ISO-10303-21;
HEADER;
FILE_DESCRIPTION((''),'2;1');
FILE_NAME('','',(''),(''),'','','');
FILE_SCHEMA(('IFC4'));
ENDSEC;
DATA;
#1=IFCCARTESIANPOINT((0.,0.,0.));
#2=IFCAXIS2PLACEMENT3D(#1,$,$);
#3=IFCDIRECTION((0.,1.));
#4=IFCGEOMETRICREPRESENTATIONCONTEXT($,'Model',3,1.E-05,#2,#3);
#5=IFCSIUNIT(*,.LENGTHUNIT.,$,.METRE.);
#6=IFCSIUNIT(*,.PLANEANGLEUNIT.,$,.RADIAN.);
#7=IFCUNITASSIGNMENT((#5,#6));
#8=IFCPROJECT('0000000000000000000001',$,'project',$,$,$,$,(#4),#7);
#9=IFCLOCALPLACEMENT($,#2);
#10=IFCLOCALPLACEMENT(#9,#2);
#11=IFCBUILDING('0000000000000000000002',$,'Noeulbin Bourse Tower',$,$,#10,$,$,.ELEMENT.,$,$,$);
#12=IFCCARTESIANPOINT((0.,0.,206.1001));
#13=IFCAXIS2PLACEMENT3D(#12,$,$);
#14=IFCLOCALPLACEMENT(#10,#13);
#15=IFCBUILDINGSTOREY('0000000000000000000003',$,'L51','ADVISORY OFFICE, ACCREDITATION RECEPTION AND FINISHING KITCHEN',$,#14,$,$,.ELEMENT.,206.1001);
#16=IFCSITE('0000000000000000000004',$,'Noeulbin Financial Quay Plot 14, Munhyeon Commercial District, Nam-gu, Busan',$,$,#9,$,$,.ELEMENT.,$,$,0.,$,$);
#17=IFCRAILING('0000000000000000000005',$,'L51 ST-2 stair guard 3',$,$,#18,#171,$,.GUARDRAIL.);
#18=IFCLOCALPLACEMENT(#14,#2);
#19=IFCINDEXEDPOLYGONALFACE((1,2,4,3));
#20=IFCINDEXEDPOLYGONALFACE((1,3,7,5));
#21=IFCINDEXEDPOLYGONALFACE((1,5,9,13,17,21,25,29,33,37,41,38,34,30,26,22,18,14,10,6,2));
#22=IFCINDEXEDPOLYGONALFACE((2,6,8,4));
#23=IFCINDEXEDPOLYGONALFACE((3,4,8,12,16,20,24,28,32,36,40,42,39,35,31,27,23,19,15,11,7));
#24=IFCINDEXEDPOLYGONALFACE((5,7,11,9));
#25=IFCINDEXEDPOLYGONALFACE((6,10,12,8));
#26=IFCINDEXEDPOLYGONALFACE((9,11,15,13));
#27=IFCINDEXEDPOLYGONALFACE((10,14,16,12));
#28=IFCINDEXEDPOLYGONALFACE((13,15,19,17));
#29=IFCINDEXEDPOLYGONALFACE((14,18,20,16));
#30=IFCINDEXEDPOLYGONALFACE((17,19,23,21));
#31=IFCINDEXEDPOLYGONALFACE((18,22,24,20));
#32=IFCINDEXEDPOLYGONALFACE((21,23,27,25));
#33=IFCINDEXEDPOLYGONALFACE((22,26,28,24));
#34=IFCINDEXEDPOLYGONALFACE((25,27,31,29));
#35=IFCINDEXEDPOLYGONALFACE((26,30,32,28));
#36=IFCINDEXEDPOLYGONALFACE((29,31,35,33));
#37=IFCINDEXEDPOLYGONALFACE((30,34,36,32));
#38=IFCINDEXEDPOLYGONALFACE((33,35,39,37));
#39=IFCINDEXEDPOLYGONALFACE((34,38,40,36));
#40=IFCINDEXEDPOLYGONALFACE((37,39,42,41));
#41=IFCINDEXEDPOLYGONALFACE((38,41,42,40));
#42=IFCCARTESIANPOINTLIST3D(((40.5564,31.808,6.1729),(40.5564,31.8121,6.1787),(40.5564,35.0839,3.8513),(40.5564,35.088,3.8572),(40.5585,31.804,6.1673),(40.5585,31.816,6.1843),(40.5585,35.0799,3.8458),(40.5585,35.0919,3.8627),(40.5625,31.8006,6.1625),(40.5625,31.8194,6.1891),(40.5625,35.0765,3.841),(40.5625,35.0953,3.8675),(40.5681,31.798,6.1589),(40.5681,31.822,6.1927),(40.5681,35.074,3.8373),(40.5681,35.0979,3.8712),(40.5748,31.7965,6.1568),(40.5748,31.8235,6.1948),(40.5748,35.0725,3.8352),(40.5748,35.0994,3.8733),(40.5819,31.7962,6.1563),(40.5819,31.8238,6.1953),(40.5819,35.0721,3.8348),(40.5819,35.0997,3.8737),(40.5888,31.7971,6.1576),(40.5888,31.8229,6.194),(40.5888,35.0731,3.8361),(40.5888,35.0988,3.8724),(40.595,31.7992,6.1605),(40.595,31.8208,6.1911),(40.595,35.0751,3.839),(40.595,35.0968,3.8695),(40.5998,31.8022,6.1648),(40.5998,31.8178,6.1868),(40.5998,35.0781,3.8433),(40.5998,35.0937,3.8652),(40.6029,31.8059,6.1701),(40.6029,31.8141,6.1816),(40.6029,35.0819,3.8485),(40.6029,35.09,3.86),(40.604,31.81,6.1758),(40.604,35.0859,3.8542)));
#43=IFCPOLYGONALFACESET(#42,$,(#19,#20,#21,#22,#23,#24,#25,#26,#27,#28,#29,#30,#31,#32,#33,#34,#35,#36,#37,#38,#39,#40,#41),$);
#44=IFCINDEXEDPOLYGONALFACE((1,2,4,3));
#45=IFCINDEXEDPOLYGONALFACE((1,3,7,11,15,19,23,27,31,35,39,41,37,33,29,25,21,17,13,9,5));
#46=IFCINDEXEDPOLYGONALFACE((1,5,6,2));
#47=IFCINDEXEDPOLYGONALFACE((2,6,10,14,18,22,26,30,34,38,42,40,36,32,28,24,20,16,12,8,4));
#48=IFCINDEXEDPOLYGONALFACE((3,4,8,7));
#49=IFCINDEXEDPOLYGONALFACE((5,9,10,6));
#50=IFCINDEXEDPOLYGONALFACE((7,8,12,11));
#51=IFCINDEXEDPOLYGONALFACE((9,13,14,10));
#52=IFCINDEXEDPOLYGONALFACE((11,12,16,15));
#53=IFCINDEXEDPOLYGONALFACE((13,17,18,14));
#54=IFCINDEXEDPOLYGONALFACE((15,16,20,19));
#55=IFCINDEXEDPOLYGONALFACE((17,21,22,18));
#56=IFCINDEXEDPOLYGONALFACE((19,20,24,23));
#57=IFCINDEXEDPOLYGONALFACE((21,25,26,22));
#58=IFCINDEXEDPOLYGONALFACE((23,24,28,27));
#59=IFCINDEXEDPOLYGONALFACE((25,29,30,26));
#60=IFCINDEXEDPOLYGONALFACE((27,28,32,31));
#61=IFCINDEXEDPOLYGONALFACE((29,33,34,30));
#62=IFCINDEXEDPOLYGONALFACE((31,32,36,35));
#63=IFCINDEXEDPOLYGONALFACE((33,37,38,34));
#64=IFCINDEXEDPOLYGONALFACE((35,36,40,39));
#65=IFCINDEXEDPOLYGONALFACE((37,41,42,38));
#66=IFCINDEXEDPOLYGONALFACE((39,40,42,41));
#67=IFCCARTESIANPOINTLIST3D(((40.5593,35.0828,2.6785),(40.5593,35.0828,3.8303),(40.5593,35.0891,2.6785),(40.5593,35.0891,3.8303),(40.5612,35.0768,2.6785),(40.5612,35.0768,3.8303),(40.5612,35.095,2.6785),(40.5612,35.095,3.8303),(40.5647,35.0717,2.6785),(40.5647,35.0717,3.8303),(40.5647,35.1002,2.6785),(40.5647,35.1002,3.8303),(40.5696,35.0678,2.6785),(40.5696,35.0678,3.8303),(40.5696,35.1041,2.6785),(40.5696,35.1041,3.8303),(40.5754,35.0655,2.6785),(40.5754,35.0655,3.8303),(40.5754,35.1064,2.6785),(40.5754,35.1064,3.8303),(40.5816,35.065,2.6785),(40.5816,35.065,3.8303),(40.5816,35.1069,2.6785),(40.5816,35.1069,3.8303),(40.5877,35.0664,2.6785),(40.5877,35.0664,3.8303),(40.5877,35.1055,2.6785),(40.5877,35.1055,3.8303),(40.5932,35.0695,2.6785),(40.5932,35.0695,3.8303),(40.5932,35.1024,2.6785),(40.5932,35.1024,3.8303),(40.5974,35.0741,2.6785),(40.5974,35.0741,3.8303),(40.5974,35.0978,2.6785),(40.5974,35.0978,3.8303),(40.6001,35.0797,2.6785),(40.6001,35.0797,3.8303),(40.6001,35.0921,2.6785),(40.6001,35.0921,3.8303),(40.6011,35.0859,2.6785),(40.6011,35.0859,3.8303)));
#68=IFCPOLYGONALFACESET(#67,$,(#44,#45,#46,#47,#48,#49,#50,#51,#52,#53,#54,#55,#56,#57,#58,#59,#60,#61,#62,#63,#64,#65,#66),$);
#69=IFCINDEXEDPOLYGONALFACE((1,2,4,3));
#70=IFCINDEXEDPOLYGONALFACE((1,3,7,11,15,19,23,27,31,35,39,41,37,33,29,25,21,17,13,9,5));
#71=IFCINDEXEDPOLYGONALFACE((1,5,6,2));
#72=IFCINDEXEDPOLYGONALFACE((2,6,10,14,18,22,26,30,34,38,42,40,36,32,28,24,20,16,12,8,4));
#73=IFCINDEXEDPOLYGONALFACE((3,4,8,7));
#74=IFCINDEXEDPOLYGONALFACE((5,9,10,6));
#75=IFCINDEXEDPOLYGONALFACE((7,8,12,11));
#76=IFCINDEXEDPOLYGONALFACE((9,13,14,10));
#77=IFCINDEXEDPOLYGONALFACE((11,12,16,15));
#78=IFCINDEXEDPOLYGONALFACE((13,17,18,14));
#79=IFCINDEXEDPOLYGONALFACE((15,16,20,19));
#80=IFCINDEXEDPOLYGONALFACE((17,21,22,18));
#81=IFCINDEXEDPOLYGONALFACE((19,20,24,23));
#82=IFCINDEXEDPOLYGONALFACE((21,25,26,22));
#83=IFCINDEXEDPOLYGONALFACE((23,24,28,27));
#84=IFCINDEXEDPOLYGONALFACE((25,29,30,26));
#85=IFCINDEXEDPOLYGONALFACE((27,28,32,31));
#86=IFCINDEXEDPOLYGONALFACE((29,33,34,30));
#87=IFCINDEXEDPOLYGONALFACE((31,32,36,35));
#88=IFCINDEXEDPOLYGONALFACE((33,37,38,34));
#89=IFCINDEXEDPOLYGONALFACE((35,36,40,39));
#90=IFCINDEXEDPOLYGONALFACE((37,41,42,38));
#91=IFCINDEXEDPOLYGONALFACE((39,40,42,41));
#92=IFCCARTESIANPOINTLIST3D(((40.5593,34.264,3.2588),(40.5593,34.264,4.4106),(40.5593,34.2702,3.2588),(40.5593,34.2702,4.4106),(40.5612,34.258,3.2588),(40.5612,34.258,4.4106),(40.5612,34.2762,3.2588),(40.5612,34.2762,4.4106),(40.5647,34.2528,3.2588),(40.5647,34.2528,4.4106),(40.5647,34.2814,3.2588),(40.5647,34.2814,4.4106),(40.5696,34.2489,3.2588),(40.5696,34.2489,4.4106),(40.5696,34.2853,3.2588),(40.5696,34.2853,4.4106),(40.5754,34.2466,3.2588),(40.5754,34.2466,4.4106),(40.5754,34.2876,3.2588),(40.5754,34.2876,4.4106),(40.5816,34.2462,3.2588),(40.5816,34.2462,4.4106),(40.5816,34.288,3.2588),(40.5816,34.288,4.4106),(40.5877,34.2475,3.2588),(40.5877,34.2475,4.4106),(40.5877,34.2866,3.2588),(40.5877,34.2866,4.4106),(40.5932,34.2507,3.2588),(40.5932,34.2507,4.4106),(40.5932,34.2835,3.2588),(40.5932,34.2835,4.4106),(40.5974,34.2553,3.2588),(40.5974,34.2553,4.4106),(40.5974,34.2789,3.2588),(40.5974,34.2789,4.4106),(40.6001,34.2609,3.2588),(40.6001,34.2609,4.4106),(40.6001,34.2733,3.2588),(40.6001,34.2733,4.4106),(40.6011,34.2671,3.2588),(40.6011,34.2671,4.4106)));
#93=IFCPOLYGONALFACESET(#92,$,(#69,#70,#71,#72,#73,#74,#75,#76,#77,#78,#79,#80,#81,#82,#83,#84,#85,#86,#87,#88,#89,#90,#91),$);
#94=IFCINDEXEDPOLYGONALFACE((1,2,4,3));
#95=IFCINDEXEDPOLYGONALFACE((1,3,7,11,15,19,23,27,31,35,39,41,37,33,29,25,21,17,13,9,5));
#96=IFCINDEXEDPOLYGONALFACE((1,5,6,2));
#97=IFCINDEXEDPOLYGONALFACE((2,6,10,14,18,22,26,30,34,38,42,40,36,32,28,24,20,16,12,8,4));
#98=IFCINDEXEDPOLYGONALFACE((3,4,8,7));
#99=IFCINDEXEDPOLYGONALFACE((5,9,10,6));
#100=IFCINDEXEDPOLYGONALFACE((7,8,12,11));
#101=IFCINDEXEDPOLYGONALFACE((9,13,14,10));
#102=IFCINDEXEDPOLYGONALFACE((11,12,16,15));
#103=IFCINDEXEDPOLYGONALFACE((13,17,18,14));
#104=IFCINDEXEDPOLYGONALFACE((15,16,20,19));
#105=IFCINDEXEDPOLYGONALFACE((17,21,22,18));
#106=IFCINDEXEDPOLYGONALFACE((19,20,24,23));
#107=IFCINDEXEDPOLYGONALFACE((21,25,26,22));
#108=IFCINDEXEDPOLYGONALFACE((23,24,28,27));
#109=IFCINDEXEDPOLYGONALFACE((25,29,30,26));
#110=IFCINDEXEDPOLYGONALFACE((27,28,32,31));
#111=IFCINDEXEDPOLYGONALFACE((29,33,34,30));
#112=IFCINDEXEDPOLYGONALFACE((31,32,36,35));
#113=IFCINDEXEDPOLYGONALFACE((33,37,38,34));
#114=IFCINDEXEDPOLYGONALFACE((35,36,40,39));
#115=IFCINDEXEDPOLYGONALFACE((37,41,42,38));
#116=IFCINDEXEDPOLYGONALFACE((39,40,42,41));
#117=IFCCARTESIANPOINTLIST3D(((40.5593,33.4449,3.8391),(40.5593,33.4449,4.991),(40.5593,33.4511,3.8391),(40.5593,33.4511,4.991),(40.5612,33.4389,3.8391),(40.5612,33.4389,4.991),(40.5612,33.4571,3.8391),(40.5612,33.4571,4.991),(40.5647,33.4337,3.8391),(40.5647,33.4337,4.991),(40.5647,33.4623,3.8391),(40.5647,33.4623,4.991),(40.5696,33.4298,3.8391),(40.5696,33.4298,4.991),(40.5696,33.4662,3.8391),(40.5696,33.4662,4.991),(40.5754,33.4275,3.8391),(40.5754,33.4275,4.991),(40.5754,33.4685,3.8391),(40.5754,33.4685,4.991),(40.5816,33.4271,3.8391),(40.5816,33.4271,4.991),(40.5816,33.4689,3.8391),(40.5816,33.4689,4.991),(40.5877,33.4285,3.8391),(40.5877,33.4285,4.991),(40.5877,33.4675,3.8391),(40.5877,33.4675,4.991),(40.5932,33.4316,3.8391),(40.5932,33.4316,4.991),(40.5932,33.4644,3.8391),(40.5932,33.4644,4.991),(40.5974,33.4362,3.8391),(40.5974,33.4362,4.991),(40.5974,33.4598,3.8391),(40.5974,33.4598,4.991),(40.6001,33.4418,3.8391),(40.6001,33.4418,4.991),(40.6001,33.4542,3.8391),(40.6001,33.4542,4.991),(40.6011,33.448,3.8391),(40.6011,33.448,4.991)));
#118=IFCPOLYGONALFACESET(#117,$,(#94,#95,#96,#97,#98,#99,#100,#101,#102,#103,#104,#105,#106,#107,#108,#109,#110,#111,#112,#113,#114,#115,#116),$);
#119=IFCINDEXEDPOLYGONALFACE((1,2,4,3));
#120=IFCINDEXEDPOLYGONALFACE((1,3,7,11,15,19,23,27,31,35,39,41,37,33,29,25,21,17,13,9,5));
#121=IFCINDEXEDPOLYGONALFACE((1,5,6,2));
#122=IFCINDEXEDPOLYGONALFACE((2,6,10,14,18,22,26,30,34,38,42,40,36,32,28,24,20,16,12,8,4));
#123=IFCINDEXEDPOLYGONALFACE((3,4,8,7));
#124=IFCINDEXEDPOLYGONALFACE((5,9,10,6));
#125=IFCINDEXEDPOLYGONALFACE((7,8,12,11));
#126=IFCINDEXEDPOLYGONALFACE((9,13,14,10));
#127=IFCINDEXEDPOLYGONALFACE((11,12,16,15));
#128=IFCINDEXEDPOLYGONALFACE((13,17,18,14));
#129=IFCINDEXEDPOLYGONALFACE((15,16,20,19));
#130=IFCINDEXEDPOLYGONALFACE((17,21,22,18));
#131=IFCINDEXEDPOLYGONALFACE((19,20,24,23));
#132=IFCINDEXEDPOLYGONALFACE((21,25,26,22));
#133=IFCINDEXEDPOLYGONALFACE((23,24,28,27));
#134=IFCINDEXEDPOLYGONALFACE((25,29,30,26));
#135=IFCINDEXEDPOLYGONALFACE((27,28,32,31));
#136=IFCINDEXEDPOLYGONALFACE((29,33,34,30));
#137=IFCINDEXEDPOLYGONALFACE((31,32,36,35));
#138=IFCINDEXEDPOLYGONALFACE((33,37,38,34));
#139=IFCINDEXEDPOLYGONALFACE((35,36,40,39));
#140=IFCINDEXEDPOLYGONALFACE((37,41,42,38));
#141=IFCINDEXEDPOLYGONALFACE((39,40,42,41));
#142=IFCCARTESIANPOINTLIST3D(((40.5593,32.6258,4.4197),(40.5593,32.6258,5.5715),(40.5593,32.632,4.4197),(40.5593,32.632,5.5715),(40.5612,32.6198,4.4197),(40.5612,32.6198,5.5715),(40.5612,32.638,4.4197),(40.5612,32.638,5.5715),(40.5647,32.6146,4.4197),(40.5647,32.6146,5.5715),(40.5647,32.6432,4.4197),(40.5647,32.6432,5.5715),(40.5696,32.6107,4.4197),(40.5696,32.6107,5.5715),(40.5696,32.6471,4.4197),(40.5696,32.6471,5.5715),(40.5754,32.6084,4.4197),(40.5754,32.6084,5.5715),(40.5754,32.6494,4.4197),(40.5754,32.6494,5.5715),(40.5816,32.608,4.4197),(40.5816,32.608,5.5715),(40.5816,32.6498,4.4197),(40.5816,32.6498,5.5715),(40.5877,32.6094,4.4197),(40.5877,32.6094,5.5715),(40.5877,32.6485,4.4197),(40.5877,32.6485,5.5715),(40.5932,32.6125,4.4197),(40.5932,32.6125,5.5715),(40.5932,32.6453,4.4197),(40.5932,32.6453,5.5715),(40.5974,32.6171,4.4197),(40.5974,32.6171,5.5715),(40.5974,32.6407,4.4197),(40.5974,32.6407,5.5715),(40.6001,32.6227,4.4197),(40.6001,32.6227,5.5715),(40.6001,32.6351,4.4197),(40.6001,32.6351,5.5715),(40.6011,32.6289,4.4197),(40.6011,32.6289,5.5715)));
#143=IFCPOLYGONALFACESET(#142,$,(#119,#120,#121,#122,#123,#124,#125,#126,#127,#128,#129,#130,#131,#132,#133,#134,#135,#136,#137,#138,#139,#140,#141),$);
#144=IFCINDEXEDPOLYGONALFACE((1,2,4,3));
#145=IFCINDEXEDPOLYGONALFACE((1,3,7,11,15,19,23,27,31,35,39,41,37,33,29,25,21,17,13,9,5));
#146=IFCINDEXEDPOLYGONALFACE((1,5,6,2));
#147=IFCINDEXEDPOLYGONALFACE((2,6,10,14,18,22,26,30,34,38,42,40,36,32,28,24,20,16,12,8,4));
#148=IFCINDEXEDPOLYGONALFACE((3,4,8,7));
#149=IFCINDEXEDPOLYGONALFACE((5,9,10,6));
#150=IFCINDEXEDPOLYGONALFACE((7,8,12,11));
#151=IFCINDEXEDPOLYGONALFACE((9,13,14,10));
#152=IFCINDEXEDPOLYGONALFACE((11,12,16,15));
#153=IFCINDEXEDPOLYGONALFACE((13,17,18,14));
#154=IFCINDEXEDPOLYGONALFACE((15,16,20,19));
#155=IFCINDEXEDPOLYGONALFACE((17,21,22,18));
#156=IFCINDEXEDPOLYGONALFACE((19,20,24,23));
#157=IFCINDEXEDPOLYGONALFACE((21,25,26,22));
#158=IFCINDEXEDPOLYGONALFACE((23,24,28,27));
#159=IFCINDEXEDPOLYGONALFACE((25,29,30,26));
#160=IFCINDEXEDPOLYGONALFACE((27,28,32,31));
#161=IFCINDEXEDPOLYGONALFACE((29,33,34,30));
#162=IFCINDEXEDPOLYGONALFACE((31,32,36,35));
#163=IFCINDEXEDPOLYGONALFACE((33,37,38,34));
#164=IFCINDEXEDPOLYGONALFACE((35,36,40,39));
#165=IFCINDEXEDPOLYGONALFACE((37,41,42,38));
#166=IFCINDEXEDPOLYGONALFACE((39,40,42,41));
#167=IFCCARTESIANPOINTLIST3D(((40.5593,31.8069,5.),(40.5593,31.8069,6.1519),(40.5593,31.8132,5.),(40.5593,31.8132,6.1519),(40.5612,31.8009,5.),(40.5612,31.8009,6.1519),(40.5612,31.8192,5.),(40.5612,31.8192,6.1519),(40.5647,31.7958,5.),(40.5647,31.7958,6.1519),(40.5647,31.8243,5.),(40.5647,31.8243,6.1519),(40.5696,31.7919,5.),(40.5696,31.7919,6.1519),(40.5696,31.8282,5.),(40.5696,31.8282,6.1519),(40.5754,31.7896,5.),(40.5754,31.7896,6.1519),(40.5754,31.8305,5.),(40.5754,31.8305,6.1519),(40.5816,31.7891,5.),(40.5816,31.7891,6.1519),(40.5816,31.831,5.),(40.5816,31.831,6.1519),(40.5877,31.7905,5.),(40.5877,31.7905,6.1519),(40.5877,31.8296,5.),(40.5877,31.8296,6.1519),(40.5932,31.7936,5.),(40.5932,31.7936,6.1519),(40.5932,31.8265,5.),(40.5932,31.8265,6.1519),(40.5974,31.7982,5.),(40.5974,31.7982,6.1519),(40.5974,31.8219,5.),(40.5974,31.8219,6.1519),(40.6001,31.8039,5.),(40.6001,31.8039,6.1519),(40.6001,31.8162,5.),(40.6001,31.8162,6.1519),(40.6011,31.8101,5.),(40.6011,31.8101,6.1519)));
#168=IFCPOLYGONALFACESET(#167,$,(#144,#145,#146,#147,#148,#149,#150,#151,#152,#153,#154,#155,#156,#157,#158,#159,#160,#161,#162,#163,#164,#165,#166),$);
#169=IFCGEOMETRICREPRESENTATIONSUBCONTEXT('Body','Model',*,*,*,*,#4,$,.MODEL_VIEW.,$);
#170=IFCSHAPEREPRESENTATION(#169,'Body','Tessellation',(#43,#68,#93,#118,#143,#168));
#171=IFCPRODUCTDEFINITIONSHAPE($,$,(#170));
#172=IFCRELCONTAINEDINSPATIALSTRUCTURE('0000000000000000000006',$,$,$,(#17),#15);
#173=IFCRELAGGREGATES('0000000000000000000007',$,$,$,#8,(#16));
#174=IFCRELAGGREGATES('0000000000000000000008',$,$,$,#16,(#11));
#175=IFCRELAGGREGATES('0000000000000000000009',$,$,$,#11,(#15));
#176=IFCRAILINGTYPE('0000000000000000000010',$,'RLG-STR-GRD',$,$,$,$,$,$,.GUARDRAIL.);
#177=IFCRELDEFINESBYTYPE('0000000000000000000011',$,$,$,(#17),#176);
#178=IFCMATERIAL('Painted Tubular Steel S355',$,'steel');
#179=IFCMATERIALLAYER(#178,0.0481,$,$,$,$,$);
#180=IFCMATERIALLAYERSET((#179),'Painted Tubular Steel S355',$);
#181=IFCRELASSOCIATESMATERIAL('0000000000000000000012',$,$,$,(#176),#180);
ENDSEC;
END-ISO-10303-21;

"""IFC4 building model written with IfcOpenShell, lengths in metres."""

from ifc_helpers import new_model, si_unit, direction, frame, origin, origin_2d, place, context, subcontext, project, spatial, circle, extrude, material, layer, layer_set, type_object, element, save


model = new_model("IFC4")

# Units and contexts
model_context = context("Model", 3, precision=1e-05, world=origin(), true_north=direction((0.0, 1.0)))
body_context = subcontext(model_context, "Body", "Model", "MODEL_VIEW")
ifc_project = project(units=[si_unit("LENGTHUNIT", "METRE"), si_unit("PLANEANGLEUNIT", "RADIAN")], contexts=[model_context])

# Site, building, storey
site_placement = place(None, origin())
site = spatial("IfcSite", under=ifc_project, at=site_placement, Name="Noeulbin Financial Quay Plot 14, Munhyeon Commercial District, Nam-gu, Busan", CompositionType="ELEMENT", RefElevation=0.0)
building_placement = place(site_placement, origin())
building = spatial("IfcBuilding", under=site, at=building_placement, Name="Noeulbin Bourse Tower", CompositionType="ELEMENT")
storey_placement = place(building_placement, frame((0.0, 0.0, 206.1001)))
storey = spatial("IfcBuildingStorey", under=building, at=storey_placement, Name="L51", Description="ADVISORY OFFICE, ACCREDITATION RECEPTION AND FINISHING KITCHEN", CompositionType="ELEMENT", Elevation=206.1001)

# Railing
ifc_material_1 = material(Name="Painted Tubular Steel S355", Category="steel")
ifc_layer_1 = layer(ifc_material_1, 0.0481)
ifc_layer_set_1 = layer_set([ifc_layer_1], Name="Painted Tubular Steel S355")
railing_type_1 = type_object("IfcRailingType", Name="RLG-STR-GRD", PredefinedType="GUARDRAIL", material=ifc_layer_set_1)
railing_1_placement = place(storey_placement, frame((40.5801, 35.0859, 2.6785)))
element("IfcRailing", 1, at=railing_1_placement, inside=storey, type_object=railing_type_1, Name="L51 ST-2 stair guard 3", PredefinedType="GUARDRAIL", context=body_context, shape_type="SweptSolid", body=[
    extrude(circle(Radius=0.0239, at=origin_2d()), frame((0.0, 0.0, 1.1758), z_axis=(0.0, -0.815893, 0.578203), x_axis=(1.0, 0.0, 0.0)), (0.0, 0.0, 1.0), 4.0151),
    extrude(circle(Radius=0.021, at=origin_2d()), origin(), (0.0, 0.0, 1.0), 1.1519),
    extrude(circle(Radius=0.021, at=origin_2d()), frame((0.0, -0.8188, 0.5803)), (0.0, 0.0, 1.0), 1.1519),
    extrude(circle(Radius=0.021, at=origin_2d()), frame((0.0, -1.6379, 1.1606)), (0.0, 0.0, 1.0), 1.1519),
    extrude(circle(Radius=0.021, at=origin_2d()), frame((0.0, -2.457, 1.7412)), (0.0, 0.0, 1.0), 1.1519),
    extrude(circle(Radius=0.021, at=origin_2d()), frame((0.0, -3.2759, 2.3215)), (0.0, 0.0, 1.0), 1.1519),
])

save(model, "model.ifc")
